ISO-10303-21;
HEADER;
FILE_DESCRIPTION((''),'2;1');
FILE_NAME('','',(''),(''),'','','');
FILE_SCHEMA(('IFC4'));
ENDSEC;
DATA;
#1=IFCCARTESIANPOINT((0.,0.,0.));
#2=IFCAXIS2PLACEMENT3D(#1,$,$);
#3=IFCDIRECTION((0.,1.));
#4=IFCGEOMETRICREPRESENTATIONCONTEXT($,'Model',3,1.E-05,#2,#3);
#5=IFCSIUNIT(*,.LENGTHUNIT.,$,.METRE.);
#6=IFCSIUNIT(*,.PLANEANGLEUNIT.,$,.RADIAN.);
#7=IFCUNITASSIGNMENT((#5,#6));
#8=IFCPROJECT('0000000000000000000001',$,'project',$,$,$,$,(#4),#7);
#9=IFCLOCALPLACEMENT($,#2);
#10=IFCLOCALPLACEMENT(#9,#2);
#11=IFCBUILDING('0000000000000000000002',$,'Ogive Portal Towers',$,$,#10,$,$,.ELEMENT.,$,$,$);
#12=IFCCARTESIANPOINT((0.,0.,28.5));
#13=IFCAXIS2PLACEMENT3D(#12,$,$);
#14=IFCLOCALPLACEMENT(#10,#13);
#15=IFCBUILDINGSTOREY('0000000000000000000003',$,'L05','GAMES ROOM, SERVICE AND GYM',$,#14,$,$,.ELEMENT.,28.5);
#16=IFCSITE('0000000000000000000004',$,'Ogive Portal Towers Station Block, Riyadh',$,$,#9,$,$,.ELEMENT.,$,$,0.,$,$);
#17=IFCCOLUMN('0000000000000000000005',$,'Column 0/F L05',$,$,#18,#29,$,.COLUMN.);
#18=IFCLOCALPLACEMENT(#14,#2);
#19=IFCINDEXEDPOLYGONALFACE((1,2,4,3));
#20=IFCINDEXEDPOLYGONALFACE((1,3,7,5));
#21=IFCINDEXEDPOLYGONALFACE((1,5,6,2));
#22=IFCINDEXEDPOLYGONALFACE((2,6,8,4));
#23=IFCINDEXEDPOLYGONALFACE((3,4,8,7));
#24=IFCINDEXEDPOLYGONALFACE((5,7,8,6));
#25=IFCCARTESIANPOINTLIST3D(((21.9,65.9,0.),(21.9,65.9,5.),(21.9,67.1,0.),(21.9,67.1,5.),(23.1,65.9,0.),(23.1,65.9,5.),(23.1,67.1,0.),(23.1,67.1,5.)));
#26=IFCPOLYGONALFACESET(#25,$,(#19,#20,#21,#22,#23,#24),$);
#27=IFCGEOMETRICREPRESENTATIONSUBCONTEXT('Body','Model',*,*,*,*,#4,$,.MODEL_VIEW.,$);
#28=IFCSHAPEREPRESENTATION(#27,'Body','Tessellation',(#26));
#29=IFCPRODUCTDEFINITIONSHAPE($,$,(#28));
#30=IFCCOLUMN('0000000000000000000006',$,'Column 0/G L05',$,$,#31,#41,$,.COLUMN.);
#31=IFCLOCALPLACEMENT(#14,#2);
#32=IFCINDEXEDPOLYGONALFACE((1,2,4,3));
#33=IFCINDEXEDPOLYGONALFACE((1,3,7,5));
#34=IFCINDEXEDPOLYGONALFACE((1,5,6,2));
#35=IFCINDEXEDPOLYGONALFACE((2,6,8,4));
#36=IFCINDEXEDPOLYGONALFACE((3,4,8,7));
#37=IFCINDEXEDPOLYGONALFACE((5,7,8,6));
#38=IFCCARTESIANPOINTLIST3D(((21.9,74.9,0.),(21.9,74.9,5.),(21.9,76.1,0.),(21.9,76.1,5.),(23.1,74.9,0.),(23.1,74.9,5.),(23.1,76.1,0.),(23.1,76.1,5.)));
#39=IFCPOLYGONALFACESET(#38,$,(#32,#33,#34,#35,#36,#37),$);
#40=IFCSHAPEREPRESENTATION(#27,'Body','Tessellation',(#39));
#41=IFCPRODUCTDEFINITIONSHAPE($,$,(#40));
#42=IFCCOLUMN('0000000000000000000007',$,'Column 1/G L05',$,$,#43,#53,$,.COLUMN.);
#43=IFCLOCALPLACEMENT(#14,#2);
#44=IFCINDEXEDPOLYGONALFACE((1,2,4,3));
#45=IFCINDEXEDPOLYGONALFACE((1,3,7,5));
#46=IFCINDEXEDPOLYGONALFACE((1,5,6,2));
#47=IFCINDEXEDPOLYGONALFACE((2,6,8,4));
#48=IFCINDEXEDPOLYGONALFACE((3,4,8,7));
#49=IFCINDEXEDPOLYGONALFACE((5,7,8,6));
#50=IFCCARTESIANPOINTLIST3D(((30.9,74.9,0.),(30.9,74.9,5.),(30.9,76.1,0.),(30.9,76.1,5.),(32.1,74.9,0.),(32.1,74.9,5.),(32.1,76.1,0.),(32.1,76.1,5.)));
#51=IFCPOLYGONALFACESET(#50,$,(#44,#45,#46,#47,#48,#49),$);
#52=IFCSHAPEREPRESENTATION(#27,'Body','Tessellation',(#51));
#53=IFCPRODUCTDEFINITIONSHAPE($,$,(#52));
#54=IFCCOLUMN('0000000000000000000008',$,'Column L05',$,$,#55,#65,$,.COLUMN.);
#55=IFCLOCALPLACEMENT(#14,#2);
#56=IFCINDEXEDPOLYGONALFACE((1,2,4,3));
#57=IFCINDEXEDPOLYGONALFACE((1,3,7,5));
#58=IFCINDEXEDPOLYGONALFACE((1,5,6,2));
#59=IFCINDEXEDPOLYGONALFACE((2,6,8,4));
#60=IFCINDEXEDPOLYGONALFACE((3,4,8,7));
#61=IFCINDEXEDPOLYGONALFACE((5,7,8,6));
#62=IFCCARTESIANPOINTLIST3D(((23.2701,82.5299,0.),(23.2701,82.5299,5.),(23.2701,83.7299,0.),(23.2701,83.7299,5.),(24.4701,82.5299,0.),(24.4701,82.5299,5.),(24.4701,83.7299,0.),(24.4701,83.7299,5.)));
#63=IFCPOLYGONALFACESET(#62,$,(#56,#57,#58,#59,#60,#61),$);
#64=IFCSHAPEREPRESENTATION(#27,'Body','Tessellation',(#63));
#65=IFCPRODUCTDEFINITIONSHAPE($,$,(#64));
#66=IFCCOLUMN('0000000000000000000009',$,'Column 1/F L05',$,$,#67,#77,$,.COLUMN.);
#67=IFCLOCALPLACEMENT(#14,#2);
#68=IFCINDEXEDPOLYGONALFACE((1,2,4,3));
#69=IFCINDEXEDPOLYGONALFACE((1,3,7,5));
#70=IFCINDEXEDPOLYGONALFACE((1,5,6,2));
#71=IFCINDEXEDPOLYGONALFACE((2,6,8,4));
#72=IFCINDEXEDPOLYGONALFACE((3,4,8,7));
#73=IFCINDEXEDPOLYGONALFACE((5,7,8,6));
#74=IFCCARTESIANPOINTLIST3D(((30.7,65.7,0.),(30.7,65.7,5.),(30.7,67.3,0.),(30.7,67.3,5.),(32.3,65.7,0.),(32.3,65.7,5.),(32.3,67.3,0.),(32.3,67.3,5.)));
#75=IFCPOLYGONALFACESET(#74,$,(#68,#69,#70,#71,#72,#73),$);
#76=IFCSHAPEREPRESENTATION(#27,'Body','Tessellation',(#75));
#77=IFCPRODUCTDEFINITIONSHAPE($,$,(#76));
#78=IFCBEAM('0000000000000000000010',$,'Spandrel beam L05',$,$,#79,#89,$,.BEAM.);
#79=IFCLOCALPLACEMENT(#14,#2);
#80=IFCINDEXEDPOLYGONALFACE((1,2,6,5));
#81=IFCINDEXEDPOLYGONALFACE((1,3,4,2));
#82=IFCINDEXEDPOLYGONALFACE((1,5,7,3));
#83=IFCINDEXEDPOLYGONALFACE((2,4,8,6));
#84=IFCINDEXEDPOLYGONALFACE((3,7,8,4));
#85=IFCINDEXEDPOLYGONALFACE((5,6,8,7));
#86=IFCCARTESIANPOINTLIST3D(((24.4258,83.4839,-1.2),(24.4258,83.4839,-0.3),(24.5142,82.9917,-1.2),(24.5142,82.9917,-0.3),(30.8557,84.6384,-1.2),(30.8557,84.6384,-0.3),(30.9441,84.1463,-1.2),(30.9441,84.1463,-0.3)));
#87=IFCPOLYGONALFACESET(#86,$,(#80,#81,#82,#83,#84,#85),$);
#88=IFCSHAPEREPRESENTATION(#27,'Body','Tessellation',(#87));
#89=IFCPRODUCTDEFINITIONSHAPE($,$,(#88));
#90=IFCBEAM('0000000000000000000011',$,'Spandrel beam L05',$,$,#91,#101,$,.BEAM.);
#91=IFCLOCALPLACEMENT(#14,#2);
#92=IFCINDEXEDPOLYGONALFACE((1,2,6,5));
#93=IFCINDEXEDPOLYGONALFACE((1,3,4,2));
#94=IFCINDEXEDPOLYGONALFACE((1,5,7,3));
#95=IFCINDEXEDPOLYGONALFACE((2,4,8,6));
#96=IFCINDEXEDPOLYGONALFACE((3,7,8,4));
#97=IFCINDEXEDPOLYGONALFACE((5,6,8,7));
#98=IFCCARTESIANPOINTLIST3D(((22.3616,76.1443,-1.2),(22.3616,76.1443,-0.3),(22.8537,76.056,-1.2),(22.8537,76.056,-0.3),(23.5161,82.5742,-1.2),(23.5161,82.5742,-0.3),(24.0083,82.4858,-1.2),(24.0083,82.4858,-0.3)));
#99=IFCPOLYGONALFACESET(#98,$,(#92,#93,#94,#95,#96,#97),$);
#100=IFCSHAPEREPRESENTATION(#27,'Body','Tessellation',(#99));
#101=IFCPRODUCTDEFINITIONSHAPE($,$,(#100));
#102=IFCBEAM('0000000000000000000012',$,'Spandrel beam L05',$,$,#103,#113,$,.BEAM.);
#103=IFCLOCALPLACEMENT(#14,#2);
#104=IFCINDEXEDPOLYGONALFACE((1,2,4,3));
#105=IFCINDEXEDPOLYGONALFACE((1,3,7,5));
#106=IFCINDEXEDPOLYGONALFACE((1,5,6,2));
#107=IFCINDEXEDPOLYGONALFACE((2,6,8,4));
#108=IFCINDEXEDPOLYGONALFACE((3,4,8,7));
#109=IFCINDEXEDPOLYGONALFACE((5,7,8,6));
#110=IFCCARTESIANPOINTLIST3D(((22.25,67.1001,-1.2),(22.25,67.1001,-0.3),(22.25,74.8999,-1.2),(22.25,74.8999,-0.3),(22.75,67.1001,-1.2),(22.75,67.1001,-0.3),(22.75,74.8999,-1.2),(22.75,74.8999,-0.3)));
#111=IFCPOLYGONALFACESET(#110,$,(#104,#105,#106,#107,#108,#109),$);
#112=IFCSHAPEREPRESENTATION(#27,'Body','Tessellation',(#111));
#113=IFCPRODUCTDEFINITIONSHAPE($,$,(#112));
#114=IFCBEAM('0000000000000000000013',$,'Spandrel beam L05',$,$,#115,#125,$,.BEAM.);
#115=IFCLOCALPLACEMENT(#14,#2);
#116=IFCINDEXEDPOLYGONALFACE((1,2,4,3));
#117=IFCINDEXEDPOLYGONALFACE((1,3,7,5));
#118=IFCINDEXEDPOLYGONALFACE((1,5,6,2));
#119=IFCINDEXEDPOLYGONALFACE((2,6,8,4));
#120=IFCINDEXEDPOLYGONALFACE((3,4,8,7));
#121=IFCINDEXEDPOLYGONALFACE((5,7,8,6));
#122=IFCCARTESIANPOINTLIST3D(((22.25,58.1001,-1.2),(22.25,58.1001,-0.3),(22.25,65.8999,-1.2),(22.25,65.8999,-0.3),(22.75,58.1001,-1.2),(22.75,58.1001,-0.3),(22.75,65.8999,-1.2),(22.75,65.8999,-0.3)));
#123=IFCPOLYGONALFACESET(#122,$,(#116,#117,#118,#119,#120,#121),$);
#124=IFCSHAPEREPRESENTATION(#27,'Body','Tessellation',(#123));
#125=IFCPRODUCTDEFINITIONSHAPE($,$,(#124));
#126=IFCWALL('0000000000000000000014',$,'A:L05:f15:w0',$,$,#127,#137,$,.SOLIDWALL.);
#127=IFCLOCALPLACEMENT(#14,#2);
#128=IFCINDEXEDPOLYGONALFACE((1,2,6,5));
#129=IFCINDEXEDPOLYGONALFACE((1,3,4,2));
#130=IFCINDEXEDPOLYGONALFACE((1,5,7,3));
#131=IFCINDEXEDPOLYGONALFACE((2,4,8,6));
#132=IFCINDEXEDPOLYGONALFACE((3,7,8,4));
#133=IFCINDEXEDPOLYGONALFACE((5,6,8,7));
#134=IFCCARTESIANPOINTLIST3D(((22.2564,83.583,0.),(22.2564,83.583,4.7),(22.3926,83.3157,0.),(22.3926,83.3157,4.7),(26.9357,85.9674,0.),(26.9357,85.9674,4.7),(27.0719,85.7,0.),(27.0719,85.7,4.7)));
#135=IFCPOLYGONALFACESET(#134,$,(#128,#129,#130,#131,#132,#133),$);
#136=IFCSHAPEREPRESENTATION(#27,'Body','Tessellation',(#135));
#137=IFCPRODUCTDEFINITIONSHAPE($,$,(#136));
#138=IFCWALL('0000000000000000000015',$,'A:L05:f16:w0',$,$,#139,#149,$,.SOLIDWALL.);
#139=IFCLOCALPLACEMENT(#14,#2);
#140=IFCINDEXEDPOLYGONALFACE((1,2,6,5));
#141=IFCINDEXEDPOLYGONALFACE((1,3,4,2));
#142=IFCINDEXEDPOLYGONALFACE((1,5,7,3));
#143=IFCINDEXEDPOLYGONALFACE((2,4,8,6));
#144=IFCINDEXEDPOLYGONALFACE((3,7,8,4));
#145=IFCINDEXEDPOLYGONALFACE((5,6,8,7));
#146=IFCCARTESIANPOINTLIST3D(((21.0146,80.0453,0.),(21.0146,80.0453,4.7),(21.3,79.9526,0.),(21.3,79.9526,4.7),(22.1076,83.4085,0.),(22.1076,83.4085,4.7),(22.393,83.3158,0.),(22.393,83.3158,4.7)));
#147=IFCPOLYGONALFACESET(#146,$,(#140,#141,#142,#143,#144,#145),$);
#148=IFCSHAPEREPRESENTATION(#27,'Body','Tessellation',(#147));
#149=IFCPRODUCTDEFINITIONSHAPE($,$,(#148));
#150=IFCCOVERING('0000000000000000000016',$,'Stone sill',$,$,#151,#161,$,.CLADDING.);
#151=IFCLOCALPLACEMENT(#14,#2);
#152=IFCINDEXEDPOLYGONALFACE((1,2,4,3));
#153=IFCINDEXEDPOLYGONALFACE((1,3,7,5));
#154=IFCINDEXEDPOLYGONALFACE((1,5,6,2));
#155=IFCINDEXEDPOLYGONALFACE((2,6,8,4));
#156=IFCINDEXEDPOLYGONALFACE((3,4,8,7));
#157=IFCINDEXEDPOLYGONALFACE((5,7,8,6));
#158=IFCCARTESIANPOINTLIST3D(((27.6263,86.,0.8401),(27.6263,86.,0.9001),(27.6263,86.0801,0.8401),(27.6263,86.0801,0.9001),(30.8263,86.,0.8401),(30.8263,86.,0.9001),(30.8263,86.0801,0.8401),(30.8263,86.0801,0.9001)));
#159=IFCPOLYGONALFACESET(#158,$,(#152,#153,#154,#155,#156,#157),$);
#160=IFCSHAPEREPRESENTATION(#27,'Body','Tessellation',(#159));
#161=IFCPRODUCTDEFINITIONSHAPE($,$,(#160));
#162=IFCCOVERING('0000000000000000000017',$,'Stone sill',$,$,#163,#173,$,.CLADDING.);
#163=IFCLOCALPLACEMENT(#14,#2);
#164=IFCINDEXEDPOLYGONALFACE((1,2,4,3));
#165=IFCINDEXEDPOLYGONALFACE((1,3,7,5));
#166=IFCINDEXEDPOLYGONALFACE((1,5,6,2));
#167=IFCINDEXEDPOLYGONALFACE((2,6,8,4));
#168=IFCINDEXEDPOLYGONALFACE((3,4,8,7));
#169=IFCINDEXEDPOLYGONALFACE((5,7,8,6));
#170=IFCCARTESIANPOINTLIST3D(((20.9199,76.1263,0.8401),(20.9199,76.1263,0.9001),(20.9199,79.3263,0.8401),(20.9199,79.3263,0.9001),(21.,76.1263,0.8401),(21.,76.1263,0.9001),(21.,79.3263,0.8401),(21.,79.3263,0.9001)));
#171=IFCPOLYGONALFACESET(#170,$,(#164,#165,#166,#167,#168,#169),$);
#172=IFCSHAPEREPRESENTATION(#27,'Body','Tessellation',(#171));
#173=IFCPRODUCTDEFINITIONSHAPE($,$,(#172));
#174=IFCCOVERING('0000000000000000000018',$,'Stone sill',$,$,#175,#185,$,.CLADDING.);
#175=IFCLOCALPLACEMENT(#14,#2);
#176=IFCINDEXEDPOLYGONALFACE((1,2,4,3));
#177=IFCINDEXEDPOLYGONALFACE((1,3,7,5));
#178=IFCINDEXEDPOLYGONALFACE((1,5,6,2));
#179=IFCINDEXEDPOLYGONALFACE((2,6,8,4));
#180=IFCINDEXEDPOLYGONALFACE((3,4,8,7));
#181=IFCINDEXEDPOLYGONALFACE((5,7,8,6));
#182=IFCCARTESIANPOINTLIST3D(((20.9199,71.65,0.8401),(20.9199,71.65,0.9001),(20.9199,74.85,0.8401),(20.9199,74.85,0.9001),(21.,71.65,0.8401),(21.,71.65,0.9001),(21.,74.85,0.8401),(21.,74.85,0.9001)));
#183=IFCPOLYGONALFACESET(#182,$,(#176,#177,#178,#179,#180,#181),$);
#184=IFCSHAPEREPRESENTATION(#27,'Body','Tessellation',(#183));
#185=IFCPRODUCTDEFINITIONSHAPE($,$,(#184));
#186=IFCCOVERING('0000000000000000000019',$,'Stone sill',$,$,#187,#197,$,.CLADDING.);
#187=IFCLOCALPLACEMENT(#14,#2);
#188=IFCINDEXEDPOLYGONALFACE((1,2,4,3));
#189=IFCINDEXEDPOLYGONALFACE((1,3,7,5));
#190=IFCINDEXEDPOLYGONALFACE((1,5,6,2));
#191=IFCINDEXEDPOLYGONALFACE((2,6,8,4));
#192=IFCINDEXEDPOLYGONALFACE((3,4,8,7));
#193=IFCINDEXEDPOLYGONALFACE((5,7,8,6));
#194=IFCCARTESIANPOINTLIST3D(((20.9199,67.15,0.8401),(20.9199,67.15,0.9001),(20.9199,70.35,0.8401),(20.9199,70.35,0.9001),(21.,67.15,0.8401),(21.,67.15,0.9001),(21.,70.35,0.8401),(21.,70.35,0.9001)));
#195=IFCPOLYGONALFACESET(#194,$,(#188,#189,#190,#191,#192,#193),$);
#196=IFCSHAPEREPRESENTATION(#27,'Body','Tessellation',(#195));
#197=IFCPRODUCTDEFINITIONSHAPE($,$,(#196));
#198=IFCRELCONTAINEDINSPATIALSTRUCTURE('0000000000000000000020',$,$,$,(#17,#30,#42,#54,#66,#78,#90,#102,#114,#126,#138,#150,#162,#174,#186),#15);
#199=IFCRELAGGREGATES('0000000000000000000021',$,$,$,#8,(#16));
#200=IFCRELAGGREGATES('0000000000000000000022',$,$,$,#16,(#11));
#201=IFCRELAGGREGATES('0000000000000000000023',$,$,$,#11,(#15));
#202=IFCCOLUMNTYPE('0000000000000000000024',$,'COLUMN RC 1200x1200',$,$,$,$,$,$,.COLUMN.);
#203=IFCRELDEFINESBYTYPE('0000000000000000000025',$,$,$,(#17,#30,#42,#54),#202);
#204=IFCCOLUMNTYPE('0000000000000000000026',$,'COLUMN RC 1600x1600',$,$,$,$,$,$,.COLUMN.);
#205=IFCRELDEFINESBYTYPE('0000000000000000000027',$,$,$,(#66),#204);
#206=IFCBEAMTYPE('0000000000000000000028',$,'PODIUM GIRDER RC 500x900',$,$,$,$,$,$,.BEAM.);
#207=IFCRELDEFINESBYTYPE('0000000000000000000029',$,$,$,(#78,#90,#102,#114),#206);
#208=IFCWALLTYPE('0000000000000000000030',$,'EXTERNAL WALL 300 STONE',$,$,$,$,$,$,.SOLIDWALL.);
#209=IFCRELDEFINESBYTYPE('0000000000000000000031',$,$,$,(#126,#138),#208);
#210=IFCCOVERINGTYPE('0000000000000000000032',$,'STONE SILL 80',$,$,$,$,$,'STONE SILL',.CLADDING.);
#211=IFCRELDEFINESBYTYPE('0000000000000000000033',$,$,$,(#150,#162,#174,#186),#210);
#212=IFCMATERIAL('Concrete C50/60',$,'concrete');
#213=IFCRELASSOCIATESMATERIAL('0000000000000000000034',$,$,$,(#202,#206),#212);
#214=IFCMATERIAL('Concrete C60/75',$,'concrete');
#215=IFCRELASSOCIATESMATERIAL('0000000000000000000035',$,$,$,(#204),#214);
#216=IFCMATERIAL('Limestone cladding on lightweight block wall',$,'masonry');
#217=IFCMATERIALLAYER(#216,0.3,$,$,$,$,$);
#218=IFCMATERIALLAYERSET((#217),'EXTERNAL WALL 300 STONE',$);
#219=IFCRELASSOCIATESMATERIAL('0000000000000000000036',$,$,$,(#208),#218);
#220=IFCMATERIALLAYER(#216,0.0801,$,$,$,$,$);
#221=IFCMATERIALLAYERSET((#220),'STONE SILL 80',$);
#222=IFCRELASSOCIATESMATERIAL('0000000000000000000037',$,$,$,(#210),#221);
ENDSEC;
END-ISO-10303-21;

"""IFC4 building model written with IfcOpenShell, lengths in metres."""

from ifc_helpers import new_model, si_unit, direction, frame, frame_2d, origin, origin_2d, place, context, subcontext, project, spatial, rectangle, extrude, material, layer, layer_set, material_profile, profile_set, type_object, element, save


model = new_model("IFC4")

# Units and contexts
model_context = context("Model", 3, precision=1e-05, world=origin(), true_north=direction((0.0, 1.0)))
body_context = subcontext(model_context, "Body", "Model", "MODEL_VIEW")
ifc_project = project(units=[si_unit("LENGTHUNIT", "METRE"), si_unit("PLANEANGLEUNIT", "RADIAN")], contexts=[model_context])

# Site, building, storey
site_placement = place(None, origin())
site = spatial("IfcSite", under=ifc_project, at=site_placement, Name="Ogive Portal Towers Station Block, Riyadh", CompositionType="ELEMENT", RefElevation=0.0)
building_placement = place(site_placement, origin())
building = spatial("IfcBuilding", under=site, at=building_placement, Name="Ogive Portal Towers", CompositionType="ELEMENT")
storey_placement = place(building_placement, frame((0.0, 0.0, 28.5)))
storey = spatial("IfcBuildingStorey", under=building, at=storey_placement, Name="L05", Description="GAMES ROOM, SERVICE AND GYM", CompositionType="ELEMENT", Elevation=28.5)

# Columns
ifc_material_1 = material(Name="Concrete C50/60", Category="concrete")
ifc_material_profile_1 = material_profile(ifc_material_1, rectangle(XDim=1.2, YDim=1.2, at=origin_2d()), Name="RC 1200x1200")
ifc_profile_set_1 = profile_set([ifc_material_profile_1], Name="Concrete C50/60")
column_type_1 = type_object("IfcColumnType", Name="COLUMN RC 1200x1200", PredefinedType="COLUMN", material=ifc_profile_set_1)
for number, where, z_axis, x_axis, name in (
    (1, (22.5, 66.5, 0.0), (0.0, 0.0, 1.0), (1.0, 0.0, 0.0), "Column 0/F L05"),
    (2, (22.5, 75.5, 0.0), (0.0, 0.0, 1.0), (1.0, 0.0, 0.0), "Column 0/G L05"),
    (3, (31.5, 75.5, 0.0), (0.0, 0.0, 1.0), (1.0, 0.0, 0.0), "Column 1/G L05"),
    (4, (23.8701, 83.1299, 0.0), (0.0, 0.0, 1.0), (1.0, 0.0, 0.0), "Column L05"),
):
    element("IfcColumn", number, at=place(storey_placement, frame(where, z_axis=z_axis, x_axis=x_axis)), inside=storey, type_object=column_type_1, Name=name, PredefinedType="COLUMN", context=body_context, shape_type="SweptSolid", body=[
        extrude(rectangle(XDim=1.2, YDim=1.2, at=origin_2d()), origin(), (0.0, 0.0, 1.0), 5.0),
    ])
ifc_material_2 = material(Name="Concrete C60/75", Category="concrete")
ifc_material_profile_2 = material_profile(ifc_material_2, rectangle(XDim=1.6001, YDim=1.6001, at=origin_2d()), Name="RC 1600x1600")
ifc_profile_set_2 = profile_set([ifc_material_profile_2], Name="Concrete C60/75")
column_type_2 = type_object("IfcColumnType", Name="COLUMN RC 1600x1600", PredefinedType="COLUMN", material=ifc_profile_set_2)
column_placement = place(storey_placement, frame((31.5, 66.5, 0.0), z_axis=(0.0, 0.0, 1.0), x_axis=(1.0, 0.0, 0.0)))
element("IfcColumn", 5, at=column_placement, inside=storey, type_object=column_type_2, Name="Column 1/F L05", PredefinedType="COLUMN", context=body_context, shape_type="SweptSolid", body=[
    extrude(rectangle(XDim=1.6001, YDim=1.6001, at=origin_2d()), origin(), (0.0, 0.0, 1.0), 5.0),
])

# Beams
ifc_material_profile_3 = material_profile(ifc_material_1, rectangle(XDim=0.5, YDim=0.8999, at=origin_2d()), Name="RC 500x900")
ifc_profile_set_3 = profile_set([ifc_material_profile_3], Name="Concrete C50/60")
beam_type = type_object("IfcBeamType", Name="PODIUM GIRDER RC 500x900", PredefinedType="BEAM", material=ifc_profile_set_3)
for number, where, z_axis, x_axis, name in (
    (6, (30.8999, 84.3923, -0.75), (-0.984259, -0.176731, 0.0), (0.176731, -0.984259, 0.0), "Spandrel beam L05"),
    (7, (23.7622, 82.53, -0.75), (-0.176731, -0.984259, 0.0), (0.984259, -0.176731, 0.0), "Spandrel beam L05"),
):
    element("IfcBeam", number, at=place(storey_placement, frame(where, z_axis=z_axis, x_axis=x_axis)), inside=storey, type_object=beam_type, Name=name, PredefinedType="BEAM", context=body_context, shape_type="SweptSolid", body=[
        extrude(rectangle(XDim=0.5, YDim=0.8999, at=origin_2d()), origin(), (0.0, 0.0, 1.0), 6.5327),
    ])
for number, where, z_axis, x_axis, name in (
    (8, (22.5, 74.8999, -0.75), (0.0, -1.0, 0.0), (1.0, 0.0, 0.0), "Spandrel beam L05"),
    (9, (22.5, 65.8999, -0.75), (0.0, -1.0, 0.0), (1.0, 0.0, 0.0), "Spandrel beam L05"),
):
    element("IfcBeam", number, at=place(storey_placement, frame(where, z_axis=z_axis, x_axis=x_axis)), inside=storey, type_object=beam_type, Name=name, PredefinedType="BEAM", context=body_context, shape_type="SweptSolid", body=[
        extrude(rectangle(XDim=0.5, YDim=0.8999, at=origin_2d()), origin(), (0.0, 0.0, 1.0), 7.7998),
    ])

# Walls
ifc_material_3 = material(Name="Limestone cladding on lightweight block wall", Category="masonry")
ifc_layer_1 = layer(ifc_material_3, 0.3)
ifc_layer_set_1 = layer_set([ifc_layer_1], Name="EXTERNAL WALL 300 STONE")
wall_type = type_object("IfcWallType", Name="EXTERNAL WALL 300 STONE", PredefinedType="SOLIDWALL", material=ifc_layer_set_1)
wall_1_placement = place(storey_placement, frame((27.0039, 85.8337, 0.0), z_axis=(0.0, 0.0, 1.0), x_axis=(-0.890998, -0.454007, 0.0)))
element("IfcWall", 10, at=wall_1_placement, inside=storey, type_object=wall_type, Name="A:L05:f15:w0", PredefinedType="SOLIDWALL", context=body_context, shape_type="SweptSolid", body=[
    extrude(rectangle(XDim=5.2517, YDim=0.3, at=frame_2d((2.626, 0.0))), origin(), (0.0, 0.0, 1.0), 4.7),
])
wall_2_placement = place(storey_placement, frame((22.2502, 83.3621, 0.0), z_axis=(0.0, 0.0, 1.0), x_axis=(-0.309074, -0.951038, 0.0)))
element("IfcWall", 11, at=wall_2_placement, inside=storey, type_object=wall_type, Name="A:L05:f16:w0", PredefinedType="SOLIDWALL", context=body_context, shape_type="SweptSolid", body=[
    extrude(rectangle(XDim=3.5364, YDim=0.3, at=frame_2d((1.7681, 0.0))), origin(), (0.0, 0.0, 1.0), 4.7),
])

# Coverings
ifc_layer_2 = layer(ifc_material_3, 0.0801)
ifc_layer_set_2 = layer_set([ifc_layer_2], Name="STONE SILL 80")
covering_type = type_object("IfcCoveringType", Name="STONE SILL 80", ElementType="STONE SILL", PredefinedType="CLADDING", material=ifc_layer_set_2)
for number, where, z_axis, x_axis, name in (
    (12, (29.2263, 86.04, 0.8401), (0.0, 0.0, 1.0), (-1.0, 0.0, 0.0), "Stone sill"),
    (13, (20.96, 77.7263, 0.8401), (0.0, 0.0, 1.0), (0.0, -1.0, 0.0), "Stone sill"),
    (14, (20.96, 73.25, 0.8401), (0.0, 0.0, 1.0), (0.0, -1.0, 0.0), "Stone sill"),
    (15, (20.96, 68.75, 0.8401), (0.0, 0.0, 1.0), (0.0, -1.0, 0.0), "Stone sill"),
):
    element("IfcCovering", number, at=place(storey_placement, frame(where, z_axis=z_axis, x_axis=x_axis)), inside=storey, type_object=covering_type, Name=name, PredefinedType="CLADDING", context=body_context, shape_type="SweptSolid", body=[
        extrude(rectangle(XDim=3.2, YDim=0.0801, at=origin_2d()), origin(), (0.0, 0.0, 1.0), 0.0601),
    ])

save(model, "model.ifc")
